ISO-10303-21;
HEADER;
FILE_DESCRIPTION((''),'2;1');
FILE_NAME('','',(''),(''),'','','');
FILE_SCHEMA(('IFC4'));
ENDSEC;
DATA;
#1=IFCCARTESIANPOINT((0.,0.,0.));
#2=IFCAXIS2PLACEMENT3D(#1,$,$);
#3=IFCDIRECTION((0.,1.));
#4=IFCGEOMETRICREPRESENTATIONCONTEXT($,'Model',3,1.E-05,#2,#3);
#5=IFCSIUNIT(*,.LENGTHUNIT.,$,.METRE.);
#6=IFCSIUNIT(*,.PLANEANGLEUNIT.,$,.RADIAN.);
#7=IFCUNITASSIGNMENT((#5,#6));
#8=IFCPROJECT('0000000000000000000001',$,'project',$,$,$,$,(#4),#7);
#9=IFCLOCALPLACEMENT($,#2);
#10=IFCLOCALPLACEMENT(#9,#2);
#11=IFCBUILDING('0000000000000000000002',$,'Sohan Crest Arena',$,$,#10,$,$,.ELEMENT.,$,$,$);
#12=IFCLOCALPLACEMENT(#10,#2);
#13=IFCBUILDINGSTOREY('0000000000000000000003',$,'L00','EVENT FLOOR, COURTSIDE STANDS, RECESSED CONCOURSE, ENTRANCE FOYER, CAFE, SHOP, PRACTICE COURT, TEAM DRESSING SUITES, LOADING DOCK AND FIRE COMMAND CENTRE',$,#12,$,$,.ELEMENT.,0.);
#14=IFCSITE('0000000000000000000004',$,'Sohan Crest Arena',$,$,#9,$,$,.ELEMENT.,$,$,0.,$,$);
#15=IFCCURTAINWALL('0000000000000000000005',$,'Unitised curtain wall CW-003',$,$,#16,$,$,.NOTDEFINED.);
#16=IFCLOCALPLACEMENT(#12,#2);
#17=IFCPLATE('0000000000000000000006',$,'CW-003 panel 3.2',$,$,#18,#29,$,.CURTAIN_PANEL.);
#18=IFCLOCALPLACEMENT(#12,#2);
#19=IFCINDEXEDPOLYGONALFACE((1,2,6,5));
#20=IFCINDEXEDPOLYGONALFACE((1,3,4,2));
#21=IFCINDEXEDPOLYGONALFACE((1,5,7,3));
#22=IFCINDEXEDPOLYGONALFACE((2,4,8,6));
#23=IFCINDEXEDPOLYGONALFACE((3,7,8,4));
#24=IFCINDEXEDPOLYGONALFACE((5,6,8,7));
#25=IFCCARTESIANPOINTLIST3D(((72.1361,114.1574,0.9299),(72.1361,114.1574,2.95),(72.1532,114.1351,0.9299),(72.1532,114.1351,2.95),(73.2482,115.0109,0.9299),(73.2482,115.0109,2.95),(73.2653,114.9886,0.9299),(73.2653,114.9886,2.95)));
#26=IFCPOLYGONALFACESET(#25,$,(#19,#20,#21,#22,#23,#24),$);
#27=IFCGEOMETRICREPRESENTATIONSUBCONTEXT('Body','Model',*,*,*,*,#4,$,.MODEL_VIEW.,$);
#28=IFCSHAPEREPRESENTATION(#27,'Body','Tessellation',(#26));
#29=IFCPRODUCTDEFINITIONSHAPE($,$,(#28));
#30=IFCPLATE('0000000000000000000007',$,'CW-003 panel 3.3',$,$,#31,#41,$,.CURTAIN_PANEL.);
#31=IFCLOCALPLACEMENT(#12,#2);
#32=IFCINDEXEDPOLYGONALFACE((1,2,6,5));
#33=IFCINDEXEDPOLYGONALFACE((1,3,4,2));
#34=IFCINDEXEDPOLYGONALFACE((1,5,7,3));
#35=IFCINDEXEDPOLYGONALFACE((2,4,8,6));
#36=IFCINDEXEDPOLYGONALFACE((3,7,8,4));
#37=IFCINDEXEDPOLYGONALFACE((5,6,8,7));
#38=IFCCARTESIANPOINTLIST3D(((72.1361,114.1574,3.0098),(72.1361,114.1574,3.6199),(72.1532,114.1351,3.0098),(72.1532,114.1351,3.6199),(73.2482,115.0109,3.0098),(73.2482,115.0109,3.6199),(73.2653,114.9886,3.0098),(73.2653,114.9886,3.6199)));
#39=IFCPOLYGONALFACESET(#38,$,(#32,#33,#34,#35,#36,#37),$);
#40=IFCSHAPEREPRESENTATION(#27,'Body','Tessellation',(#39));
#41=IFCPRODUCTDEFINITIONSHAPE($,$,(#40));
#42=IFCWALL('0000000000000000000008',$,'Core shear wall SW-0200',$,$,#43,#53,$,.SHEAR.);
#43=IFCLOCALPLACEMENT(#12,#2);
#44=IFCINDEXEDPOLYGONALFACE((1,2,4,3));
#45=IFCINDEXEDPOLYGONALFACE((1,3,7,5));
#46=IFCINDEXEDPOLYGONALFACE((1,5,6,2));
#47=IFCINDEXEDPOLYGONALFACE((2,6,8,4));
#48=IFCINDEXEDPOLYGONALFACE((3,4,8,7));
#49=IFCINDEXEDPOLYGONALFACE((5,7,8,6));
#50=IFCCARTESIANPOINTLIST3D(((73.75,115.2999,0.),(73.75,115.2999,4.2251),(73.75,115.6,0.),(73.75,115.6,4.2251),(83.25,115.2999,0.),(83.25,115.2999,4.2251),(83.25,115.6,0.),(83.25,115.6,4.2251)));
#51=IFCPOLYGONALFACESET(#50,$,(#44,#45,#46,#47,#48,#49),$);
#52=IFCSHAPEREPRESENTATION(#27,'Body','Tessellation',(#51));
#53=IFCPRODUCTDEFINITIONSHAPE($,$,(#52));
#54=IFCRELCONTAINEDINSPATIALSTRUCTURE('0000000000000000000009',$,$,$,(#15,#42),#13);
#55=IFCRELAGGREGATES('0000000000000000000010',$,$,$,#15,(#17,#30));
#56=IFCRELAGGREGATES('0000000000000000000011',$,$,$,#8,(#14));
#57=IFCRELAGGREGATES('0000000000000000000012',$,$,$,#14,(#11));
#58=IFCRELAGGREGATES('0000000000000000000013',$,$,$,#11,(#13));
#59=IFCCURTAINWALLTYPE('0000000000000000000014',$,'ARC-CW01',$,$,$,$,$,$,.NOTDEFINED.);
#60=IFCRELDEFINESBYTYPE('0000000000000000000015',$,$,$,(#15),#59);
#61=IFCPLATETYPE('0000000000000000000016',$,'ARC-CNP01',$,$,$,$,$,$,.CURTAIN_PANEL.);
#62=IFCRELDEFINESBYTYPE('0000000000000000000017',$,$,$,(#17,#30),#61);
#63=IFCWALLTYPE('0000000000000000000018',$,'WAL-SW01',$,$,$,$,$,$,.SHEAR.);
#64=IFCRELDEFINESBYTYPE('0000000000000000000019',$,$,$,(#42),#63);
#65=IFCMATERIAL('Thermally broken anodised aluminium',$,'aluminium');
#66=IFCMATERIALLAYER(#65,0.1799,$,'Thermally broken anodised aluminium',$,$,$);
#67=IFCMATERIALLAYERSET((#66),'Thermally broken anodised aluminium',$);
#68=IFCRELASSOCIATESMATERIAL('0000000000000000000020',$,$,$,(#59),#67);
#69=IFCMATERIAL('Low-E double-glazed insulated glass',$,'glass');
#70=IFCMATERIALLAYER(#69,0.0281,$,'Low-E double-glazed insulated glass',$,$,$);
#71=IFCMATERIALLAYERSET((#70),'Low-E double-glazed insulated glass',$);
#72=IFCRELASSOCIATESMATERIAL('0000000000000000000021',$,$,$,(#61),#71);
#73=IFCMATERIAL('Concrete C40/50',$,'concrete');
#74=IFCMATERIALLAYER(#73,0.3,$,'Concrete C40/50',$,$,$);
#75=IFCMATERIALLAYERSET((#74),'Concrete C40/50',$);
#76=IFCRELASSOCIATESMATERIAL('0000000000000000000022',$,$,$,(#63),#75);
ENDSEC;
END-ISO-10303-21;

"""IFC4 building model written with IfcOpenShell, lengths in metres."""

from ifc_helpers import new_model, si_unit, direction, frame, frame_2d, origin, origin_2d, place, context, subcontext, project, spatial, rectangle, extrude, material, layer, layer_set, type_object, element, aggregate, save


model = new_model("IFC4")

# Units and contexts
model_context = context("Model", 3, precision=1e-05, world=origin(), true_north=direction((0.0, 1.0)))
body_context = subcontext(model_context, "Body", "Model", "MODEL_VIEW")
ifc_project = project(units=[si_unit("LENGTHUNIT", "METRE"), si_unit("PLANEANGLEUNIT", "RADIAN")], contexts=[model_context])

# Site, building, storey
site_placement = place(None, origin())
site = spatial("IfcSite", under=ifc_project, at=site_placement, Name="Sohan Crest Arena", CompositionType="ELEMENT", RefElevation=0.0)
building_placement = place(site_placement, origin())
building = spatial("IfcBuilding", under=site, at=building_placement, Name="Sohan Crest Arena", CompositionType="ELEMENT")
storey_placement = place(building_placement, origin())
storey = spatial("IfcBuildingStorey", under=building, at=storey_placement, Name="L00", Description="EVENT FLOOR, COURTSIDE STANDS, RECESSED CONCOURSE, ENTRANCE FOYER, CAFE, SHOP, PRACTICE COURT, TEAM DRESSING SUITES, LOADING DOCK AND FIRE COMMAND CENTRE", CompositionType="ELEMENT", Elevation=0.0)

# Shared definitions
ifc_material_1 = material(Name="Concrete C40/50", Category="concrete")

# Curtain wall
ifc_material_2 = material(Name="Thermally broken anodised aluminium", Category="aluminium")
ifc_layer_1 = layer(ifc_material_2, 0.1799, Name="Thermally broken anodised aluminium")
ifc_layer_set_1 = layer_set([ifc_layer_1], Name="Thermally broken anodised aluminium")
curtain_wall_type = type_object("IfcCurtainWallType", Name="ARC-CW01", PredefinedType="NOTDEFINED", material=ifc_layer_set_1)
curtain_wall_placement = place(storey_placement, origin())
curtain_wall = element("IfcCurtainWall", 1, at=curtain_wall_placement, inside=storey, type_object=curtain_wall_type, Name="Unitised curtain wall CW-003", PredefinedType="NOTDEFINED")

# Plates
ifc_material_3 = material(Name="Low-E double-glazed insulated glass", Category="glass")
ifc_layer_2 = layer(ifc_material_3, 0.0281, Name="Low-E double-glazed insulated glass")
ifc_layer_set_2 = layer_set([ifc_layer_2], Name="Low-E double-glazed insulated glass")
plate_type = type_object("IfcPlateType", Name="ARC-CNP01", PredefinedType="CURTAIN_PANEL", material=ifc_layer_set_2)
plate_1_placement = place(storey_placement, frame((72.7007, 114.573, 0.9299), z_axis=(0.0, 0.0, 1.0), x_axis=(-0.793323, -0.608801, 0.0)))
plate_1 = element("IfcPlate", 2, at=plate_1_placement, type_object=plate_type, Name="CW-003 panel 3.2", PredefinedType="CURTAIN_PANEL", context=body_context, shape_type="SweptSolid", body=[
    extrude(rectangle(XDim=1.4019, YDim=0.0281, at=origin_2d()), origin(), (0.0, 0.0, 1.0), 2.02),
])
plate_2_placement = place(storey_placement, frame((72.7007, 114.573, 3.0098), z_axis=(0.0, 0.0, 1.0), x_axis=(-0.793323, -0.608801, 0.0)))
plate_2 = element("IfcPlate", 3, at=plate_2_placement, type_object=plate_type, Name="CW-003 panel 3.3", PredefinedType="CURTAIN_PANEL", context=body_context, shape_type="SweptSolid", body=[
    extrude(rectangle(XDim=1.4019, YDim=0.0281, at=origin_2d()), origin(), (0.0, 0.0, 1.0), 0.6101),
])
aggregate(curtain_wall, [plate_1, plate_2])

# Wall
ifc_layer_3 = layer(ifc_material_1, 0.3, Name="Concrete C40/50")
ifc_layer_set_3 = layer_set([ifc_layer_3], Name="Concrete C40/50")
wall_type = type_object("IfcWallType", Name="WAL-SW01", PredefinedType="SHEAR", material=ifc_layer_set_3)
wall_placement = place(storey_placement, frame((73.75, 115.45, 0.0), z_axis=(0.0, 0.0, 1.0), x_axis=(1.0, 0.0, 0.0)))
element("IfcWall", 4, at=wall_placement, inside=storey, type_object=wall_type, Name="Core shear wall SW-0200", PredefinedType="SHEAR", context=body_context, shape_type="SweptSolid", body=[
    extrude(rectangle(XDim=9.5, YDim=0.3, at=frame_2d((4.75, 0.0))), origin(), (0.0, 0.0, 1.0), 4.2251),
])

save(model, "model.ifc")
